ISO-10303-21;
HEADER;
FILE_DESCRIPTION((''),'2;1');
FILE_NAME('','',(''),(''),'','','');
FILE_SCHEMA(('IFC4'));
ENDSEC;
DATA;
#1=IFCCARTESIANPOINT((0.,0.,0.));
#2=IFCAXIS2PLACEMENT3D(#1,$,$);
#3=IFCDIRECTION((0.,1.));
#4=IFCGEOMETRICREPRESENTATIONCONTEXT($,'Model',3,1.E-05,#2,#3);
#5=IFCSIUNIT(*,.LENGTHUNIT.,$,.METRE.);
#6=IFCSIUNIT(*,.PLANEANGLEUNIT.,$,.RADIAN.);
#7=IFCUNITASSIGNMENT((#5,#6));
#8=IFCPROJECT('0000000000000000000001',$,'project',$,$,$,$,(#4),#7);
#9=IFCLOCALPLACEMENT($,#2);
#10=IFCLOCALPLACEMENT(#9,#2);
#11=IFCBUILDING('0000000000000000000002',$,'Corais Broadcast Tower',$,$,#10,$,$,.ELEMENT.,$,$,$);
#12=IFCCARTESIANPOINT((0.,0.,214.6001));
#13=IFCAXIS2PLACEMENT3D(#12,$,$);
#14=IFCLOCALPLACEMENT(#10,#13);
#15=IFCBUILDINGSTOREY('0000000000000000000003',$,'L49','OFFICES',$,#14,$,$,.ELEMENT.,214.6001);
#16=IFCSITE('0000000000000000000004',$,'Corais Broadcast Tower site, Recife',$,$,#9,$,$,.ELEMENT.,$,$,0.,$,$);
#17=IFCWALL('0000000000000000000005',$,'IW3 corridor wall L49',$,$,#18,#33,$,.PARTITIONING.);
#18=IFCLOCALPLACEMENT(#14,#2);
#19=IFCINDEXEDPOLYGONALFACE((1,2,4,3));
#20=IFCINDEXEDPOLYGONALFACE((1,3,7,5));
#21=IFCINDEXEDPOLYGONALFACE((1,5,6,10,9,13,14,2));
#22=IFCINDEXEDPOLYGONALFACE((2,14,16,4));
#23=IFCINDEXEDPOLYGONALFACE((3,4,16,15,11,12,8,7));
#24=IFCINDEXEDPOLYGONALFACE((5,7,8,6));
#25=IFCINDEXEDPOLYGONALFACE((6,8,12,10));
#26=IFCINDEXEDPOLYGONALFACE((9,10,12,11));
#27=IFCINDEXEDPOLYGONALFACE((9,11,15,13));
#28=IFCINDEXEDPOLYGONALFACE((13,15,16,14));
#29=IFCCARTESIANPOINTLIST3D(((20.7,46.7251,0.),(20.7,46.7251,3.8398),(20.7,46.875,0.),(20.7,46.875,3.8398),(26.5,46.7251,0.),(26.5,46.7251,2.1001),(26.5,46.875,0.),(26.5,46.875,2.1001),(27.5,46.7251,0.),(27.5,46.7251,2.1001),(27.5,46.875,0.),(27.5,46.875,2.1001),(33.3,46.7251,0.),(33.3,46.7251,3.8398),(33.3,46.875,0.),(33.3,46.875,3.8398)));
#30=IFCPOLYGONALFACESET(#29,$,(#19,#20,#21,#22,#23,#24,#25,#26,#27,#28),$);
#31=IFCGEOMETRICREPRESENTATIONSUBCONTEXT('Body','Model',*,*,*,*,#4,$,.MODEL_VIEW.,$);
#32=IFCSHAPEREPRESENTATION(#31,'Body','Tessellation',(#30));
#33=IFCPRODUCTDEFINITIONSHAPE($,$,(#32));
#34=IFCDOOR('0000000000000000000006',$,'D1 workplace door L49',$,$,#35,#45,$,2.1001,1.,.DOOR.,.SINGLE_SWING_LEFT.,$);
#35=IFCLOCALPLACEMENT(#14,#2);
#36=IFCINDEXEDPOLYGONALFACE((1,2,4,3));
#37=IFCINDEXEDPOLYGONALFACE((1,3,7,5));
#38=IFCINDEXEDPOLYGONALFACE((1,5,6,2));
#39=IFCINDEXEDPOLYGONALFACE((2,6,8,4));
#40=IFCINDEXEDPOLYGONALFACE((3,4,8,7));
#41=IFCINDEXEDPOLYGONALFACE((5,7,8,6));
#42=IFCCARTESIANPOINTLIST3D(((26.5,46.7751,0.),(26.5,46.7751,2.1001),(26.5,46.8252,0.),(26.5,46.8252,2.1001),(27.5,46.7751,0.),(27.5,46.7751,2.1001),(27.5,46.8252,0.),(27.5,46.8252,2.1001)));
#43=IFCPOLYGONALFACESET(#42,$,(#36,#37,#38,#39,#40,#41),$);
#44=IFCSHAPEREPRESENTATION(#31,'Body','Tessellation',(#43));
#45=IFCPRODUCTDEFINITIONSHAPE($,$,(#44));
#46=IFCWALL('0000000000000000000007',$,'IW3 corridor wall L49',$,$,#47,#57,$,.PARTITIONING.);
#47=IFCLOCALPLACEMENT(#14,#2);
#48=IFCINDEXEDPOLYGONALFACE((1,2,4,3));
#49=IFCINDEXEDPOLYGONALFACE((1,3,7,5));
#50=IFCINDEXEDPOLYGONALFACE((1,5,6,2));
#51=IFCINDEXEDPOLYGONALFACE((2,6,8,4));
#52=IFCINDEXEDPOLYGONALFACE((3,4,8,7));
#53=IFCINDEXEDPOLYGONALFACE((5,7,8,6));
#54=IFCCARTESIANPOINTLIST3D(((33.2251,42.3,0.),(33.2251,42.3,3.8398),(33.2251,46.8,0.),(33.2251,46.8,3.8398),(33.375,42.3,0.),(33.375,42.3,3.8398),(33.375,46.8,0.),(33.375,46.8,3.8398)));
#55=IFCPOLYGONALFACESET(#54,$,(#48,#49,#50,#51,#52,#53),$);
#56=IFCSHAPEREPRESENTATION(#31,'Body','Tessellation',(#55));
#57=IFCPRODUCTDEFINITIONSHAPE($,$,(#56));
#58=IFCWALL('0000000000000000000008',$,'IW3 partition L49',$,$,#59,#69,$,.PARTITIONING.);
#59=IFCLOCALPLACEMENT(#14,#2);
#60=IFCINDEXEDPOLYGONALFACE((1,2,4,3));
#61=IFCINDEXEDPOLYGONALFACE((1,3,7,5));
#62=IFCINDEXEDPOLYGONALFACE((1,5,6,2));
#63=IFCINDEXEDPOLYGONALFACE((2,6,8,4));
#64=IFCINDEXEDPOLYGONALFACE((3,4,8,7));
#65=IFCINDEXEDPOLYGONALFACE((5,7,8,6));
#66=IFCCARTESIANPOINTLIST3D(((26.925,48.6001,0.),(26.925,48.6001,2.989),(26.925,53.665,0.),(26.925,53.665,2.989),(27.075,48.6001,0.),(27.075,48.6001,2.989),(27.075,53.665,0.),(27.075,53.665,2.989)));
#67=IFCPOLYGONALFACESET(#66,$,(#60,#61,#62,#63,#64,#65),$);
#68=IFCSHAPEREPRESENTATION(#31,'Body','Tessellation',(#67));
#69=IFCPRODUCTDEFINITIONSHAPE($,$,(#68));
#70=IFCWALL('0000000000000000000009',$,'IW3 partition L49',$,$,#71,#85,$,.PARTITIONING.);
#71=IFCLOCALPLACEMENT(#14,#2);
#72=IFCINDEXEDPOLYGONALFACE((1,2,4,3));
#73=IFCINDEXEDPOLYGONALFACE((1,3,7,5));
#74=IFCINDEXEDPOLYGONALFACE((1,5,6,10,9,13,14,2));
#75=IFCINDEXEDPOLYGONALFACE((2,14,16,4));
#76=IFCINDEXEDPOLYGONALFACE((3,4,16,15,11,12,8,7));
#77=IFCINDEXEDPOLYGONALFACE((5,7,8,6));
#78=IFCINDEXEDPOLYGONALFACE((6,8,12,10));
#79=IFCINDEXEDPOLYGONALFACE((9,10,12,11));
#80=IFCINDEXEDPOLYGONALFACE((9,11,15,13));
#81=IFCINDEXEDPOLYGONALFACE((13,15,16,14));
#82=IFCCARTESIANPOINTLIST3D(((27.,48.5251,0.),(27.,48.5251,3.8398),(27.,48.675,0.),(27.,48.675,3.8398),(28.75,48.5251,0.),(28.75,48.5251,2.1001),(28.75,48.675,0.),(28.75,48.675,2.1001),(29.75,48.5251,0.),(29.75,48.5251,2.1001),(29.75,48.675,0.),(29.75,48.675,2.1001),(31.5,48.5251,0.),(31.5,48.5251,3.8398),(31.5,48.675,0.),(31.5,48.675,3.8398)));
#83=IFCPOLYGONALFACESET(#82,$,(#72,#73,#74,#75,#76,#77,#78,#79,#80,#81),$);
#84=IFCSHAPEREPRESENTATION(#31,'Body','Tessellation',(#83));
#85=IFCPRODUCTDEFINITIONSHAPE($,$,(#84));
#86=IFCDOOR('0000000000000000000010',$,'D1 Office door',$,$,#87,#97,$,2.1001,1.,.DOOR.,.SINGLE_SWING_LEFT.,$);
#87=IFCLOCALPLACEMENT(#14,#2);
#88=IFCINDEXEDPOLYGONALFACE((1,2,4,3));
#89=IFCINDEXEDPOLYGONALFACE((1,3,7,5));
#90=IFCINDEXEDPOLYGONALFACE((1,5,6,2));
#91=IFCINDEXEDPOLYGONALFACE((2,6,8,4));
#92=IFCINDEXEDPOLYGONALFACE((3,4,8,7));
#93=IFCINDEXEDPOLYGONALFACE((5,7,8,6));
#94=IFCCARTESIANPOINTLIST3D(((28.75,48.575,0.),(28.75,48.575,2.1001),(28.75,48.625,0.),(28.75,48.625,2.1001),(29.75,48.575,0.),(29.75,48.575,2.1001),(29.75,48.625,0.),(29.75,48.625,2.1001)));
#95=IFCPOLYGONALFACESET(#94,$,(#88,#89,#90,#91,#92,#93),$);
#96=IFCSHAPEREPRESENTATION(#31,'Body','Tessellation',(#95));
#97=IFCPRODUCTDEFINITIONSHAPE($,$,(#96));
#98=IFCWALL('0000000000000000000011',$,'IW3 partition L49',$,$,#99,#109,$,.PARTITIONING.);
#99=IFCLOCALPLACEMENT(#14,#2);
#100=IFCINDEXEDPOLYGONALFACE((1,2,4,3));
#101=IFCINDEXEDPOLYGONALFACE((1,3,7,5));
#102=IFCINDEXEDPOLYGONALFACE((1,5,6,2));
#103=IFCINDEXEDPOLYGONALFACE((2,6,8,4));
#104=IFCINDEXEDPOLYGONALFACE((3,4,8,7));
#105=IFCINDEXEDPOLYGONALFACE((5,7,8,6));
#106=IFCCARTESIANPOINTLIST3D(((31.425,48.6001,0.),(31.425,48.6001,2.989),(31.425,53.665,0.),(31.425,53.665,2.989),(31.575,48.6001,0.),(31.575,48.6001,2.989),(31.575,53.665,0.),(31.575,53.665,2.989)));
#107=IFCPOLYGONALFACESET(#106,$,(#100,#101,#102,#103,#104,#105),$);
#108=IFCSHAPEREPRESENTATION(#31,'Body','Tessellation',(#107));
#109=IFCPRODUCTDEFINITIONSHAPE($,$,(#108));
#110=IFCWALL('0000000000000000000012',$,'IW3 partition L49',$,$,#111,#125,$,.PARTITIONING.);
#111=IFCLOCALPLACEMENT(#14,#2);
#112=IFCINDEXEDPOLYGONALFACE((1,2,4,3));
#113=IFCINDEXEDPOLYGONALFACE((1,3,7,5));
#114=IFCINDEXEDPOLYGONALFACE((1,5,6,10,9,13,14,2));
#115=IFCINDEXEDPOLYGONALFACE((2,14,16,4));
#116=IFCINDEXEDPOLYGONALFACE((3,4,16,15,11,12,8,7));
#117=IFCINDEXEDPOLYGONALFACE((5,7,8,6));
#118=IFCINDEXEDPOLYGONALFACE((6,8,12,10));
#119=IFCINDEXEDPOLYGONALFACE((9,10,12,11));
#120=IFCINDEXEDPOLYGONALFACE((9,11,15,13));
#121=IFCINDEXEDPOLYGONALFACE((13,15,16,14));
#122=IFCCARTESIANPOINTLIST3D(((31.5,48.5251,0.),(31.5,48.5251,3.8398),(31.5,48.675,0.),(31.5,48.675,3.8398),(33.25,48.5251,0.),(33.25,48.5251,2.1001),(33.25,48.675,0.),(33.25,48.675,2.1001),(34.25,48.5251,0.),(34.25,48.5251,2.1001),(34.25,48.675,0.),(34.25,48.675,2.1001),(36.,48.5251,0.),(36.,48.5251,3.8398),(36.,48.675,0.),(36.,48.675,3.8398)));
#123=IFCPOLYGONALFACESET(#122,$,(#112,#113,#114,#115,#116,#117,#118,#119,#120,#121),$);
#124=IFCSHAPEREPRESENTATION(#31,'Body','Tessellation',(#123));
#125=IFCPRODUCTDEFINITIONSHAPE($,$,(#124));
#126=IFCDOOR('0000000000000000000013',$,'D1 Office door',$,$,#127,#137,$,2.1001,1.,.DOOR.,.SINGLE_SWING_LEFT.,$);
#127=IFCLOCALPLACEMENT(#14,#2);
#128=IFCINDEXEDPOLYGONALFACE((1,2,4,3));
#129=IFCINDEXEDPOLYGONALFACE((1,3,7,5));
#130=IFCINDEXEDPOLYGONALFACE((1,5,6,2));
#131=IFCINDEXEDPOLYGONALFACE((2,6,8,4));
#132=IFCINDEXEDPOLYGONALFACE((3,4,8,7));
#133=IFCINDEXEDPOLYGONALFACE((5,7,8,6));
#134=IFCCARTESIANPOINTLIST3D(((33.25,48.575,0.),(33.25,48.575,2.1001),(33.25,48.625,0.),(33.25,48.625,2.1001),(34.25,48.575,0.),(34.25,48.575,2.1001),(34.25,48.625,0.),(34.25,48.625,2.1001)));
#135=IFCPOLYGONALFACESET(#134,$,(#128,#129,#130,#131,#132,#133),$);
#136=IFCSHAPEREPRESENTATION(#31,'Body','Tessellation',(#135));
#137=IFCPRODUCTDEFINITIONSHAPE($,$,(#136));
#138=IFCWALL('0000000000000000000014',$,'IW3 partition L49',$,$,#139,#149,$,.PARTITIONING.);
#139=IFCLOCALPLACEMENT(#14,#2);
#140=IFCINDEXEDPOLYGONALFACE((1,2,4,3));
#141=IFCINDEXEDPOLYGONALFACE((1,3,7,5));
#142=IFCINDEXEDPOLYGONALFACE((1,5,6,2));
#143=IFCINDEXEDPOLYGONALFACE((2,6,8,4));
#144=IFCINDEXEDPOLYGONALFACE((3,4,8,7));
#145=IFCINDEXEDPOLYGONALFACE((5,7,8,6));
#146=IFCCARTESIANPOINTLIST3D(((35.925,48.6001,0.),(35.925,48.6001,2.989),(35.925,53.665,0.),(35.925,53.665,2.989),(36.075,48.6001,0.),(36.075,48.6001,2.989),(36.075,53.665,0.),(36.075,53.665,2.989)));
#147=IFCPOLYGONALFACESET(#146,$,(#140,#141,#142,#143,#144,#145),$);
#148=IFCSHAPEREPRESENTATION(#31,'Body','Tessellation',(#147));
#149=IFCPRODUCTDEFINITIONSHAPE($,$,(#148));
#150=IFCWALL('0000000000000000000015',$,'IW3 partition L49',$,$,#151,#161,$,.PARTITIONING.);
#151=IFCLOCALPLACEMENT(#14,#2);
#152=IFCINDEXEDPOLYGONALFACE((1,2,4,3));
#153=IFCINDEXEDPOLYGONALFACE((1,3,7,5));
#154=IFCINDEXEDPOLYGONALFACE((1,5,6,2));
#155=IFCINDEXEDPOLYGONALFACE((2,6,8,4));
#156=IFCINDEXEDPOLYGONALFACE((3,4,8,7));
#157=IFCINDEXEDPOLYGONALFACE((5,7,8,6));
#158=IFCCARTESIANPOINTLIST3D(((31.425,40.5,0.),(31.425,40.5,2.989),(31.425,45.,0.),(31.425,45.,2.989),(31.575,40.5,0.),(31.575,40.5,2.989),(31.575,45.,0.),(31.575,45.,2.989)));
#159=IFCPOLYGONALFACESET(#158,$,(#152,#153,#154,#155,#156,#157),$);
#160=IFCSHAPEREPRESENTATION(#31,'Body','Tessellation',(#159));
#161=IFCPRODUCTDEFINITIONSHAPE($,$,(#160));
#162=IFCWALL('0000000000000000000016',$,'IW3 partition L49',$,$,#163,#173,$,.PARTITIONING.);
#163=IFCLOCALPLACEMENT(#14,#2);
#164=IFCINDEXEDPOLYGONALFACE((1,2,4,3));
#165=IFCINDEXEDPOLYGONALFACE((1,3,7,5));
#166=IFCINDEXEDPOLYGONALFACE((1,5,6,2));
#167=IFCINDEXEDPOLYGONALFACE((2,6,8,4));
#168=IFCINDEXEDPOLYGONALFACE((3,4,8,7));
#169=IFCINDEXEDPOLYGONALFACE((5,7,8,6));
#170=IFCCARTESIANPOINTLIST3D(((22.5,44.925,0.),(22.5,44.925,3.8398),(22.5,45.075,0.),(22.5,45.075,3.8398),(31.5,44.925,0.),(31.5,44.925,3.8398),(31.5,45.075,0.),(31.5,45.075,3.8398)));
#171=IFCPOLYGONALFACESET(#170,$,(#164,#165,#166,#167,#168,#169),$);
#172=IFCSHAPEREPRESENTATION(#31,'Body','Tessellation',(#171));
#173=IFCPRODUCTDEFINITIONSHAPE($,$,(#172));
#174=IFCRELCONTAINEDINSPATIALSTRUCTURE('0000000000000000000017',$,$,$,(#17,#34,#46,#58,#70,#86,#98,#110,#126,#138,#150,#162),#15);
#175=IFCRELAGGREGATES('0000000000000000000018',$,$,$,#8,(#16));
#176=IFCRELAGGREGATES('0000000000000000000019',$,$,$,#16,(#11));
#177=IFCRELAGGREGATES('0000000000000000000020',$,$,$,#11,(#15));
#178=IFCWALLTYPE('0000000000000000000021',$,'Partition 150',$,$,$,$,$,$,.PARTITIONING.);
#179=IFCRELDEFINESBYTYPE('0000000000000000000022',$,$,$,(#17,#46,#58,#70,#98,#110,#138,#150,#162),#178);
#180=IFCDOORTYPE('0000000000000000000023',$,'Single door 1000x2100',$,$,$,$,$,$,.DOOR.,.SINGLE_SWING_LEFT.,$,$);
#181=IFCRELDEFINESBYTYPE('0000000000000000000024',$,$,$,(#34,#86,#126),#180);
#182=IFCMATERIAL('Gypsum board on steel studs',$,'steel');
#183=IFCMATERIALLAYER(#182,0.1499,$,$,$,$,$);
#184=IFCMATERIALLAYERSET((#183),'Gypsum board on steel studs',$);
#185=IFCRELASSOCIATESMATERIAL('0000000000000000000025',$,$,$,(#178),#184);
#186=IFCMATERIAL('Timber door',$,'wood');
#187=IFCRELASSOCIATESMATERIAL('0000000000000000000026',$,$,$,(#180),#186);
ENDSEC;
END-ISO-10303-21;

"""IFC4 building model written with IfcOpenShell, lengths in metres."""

from ifc_helpers import new_model, si_unit, direction, frame, frame_2d, origin, place, context, subcontext, project, spatial, rectangle, extrude, material, layer, layer_set, type_object, element, fill, save


model = new_model("IFC4")

# Units and contexts
model_context = context("Model", 3, precision=1e-05, world=origin(), true_north=direction((0.0, 1.0)))
body_context = subcontext(model_context, "Body", "Model", "MODEL_VIEW")
ifc_project = project(units=[si_unit("LENGTHUNIT", "METRE"), si_unit("PLANEANGLEUNIT", "RADIAN")], contexts=[model_context])

# Site, building, storey
site_placement = place(None, origin())
site = spatial("IfcSite", under=ifc_project, at=site_placement, Name="Corais Broadcast Tower site, Recife", CompositionType="ELEMENT", RefElevation=0.0)
building_placement = place(site_placement, origin())
building = spatial("IfcBuilding", under=site, at=building_placement, Name="Corais Broadcast Tower", CompositionType="ELEMENT")
storey_placement = place(building_placement, frame((0.0, 0.0, 214.6001)))
storey = spatial("IfcBuildingStorey", under=building, at=storey_placement, Name="L49", Description="OFFICES", CompositionType="ELEMENT", Elevation=214.6001)

# Wall, opening, door
ifc_material_1 = material(Name="Gypsum board on steel studs", Category="steel")
ifc_layer_1 = layer(ifc_material_1, 0.1499)
ifc_layer_set_1 = layer_set([ifc_layer_1], Name="Gypsum board on steel studs")
wall_type_1 = type_object("IfcWallType", Name="Partition 150", PredefinedType="PARTITIONING", material=ifc_layer_set_1)
wall_1_placement = place(storey_placement, frame((33.3, 46.8, 0.0), z_axis=(0.0, 0.0, 1.0), x_axis=(-1.0, 0.0, 0.0)))
wall_1 = element("IfcWall", 1, at=wall_1_placement, inside=storey, type_object=wall_type_1, Name="IW3 corridor wall L49", PredefinedType="PARTITIONING", context=body_context, shape_type="SweptSolid", body=[
    extrude(rectangle(XDim=12.6001, YDim=0.1499, at=frame_2d((6.3, 0.0))), origin(), (0.0, 0.0, 1.0), 3.8398),
])
opening_1_placement = place(wall_1_placement, frame((5.8, 0.0, 0.0)))
opening_1 = element("IfcOpeningElement", 2, at=opening_1_placement, cuts=wall_1, PredefinedType="OPENING", context=body_context, shape_type="SweptSolid", body=[
    extrude(rectangle(XDim=1.0, YDim=2.1001, at=frame_2d((0.5, 1.05))), frame((0.0, 0.085, 0.0), z_axis=(0.0, -1.0, 0.0), x_axis=(1.0, 0.0, 0.0)), (0.0, 0.0, 1.0), 0.1699),
])
ifc_material_2 = material(Name="Timber door", Category="wood")
door_type = type_object("IfcDoorType", Name="Single door 1000x2100", OperationType="SINGLE_SWING_LEFT", PredefinedType="DOOR", material=ifc_material_2)
door_1_placement = place(opening_1_placement, origin())
door_1 = element("IfcDoor", 3, at=door_1_placement, inside=storey, type_object=door_type, Name="D1 workplace door L49", OperationType="SINGLE_SWING_LEFT", OverallHeight=2.1001, OverallWidth=1.0, PredefinedType="DOOR", context=body_context, shape_type="SweptSolid", body=[
    extrude(rectangle(XDim=1.0, YDim=2.1001, at=frame_2d((0.5, 1.05))), frame((0.0, 0.0249, 0.0), z_axis=(0.0, -1.0, 0.0), x_axis=(1.0, 0.0, 0.0)), (0.0, 0.0, 1.0), 0.05),
])
fill(opening_1, door_1)

# Walls
wall_2_placement = place(storey_placement, frame((33.3, 42.3, 0.0), z_axis=(0.0, 0.0, 1.0), x_axis=(0.0, 1.0, 0.0)))
element("IfcWall", 4, at=wall_2_placement, inside=storey, type_object=wall_type_1, Name="IW3 corridor wall L49", PredefinedType="PARTITIONING", context=body_context, shape_type="SweptSolid", body=[
    extrude(rectangle(XDim=4.5, YDim=0.1499, at=frame_2d((2.25, 0.0))), origin(), (0.0, 0.0, 1.0), 3.8398),
])
wall_3_placement = place(storey_placement, frame((27.0, 48.6001, 0.0), z_axis=(0.0, 0.0, 1.0), x_axis=(0.0, 1.0, 0.0)))
element("IfcWall", 5, at=wall_3_placement, inside=storey, type_object=wall_type_1, Name="IW3 partition L49", PredefinedType="PARTITIONING", context=body_context, shape_type="SweptSolid", body=[
    extrude(rectangle(XDim=5.0649, YDim=0.1499, at=frame_2d((2.5325, 0.0))), origin(), (0.0, 0.0, 1.0), 2.989),
])

# Wall, opening, door
wall_4_placement = place(storey_placement, frame((27.0, 48.6001, 0.0), z_axis=(0.0, 0.0, 1.0), x_axis=(1.0, 0.0, 0.0)))
wall_4 = element("IfcWall", 6, at=wall_4_placement, inside=storey, type_object=wall_type_1, Name="IW3 partition L49", PredefinedType="PARTITIONING", context=body_context, shape_type="SweptSolid", body=[
    extrude(rectangle(XDim=4.5, YDim=0.1499, at=frame_2d((2.25, 0.0))), origin(), (0.0, 0.0, 1.0), 3.8398),
])
opening_2_placement = place(wall_4_placement, frame((1.75, 0.0, 0.0)))
opening_2 = element("IfcOpeningElement", 7, at=opening_2_placement, cuts=wall_4, PredefinedType="OPENING", context=body_context, shape_type="SweptSolid", body=[
    extrude(rectangle(XDim=1.0, YDim=2.1001, at=frame_2d((0.5, 1.05))), frame((0.0, 0.085, 0.0), z_axis=(0.0, -1.0, 0.0), x_axis=(1.0, 0.0, 0.0)), (0.0, 0.0, 1.0), 0.1699),
])
door_2_placement = place(opening_2_placement, origin())
door_2 = element("IfcDoor", 8, at=door_2_placement, inside=storey, type_object=door_type, Name="D1 Office door", OperationType="SINGLE_SWING_LEFT", OverallHeight=2.1001, OverallWidth=1.0, PredefinedType="DOOR", context=body_context, shape_type="SweptSolid", body=[
    extrude(rectangle(XDim=1.0, YDim=2.1001, at=frame_2d((0.5, 1.05))), frame((0.0, 0.0249, 0.0), z_axis=(0.0, -1.0, 0.0), x_axis=(1.0, 0.0, 0.0)), (0.0, 0.0, 1.0), 0.05),
])
fill(opening_2, door_2)

# Wall
wall_5_placement = place(storey_placement, frame((31.5, 48.6001, 0.0), z_axis=(0.0, 0.0, 1.0), x_axis=(0.0, 1.0, 0.0)))
element("IfcWall", 9, at=wall_5_placement, inside=storey, type_object=wall_type_1, Name="IW3 partition L49", PredefinedType="PARTITIONING", context=body_context, shape_type="SweptSolid", body=[
    extrude(rectangle(XDim=5.0649, YDim=0.1499, at=frame_2d((2.5325, 0.0))), origin(), (0.0, 0.0, 1.0), 2.989),
])

# Wall, opening, door
wall_6_placement = place(storey_placement, frame((31.5, 48.6001, 0.0), z_axis=(0.0, 0.0, 1.0), x_axis=(1.0, 0.0, 0.0)))
wall_6 = element("IfcWall", 10, at=wall_6_placement, inside=storey, type_object=wall_type_1, Name="IW3 partition L49", PredefinedType="PARTITIONING", context=body_context, shape_type="SweptSolid", body=[
    extrude(rectangle(XDim=4.5, YDim=0.1499, at=frame_2d((2.25, 0.0))), origin(), (0.0, 0.0, 1.0), 3.8398),
])
opening_3_placement = place(wall_6_placement, frame((1.75, 0.0, 0.0)))
opening_3 = element("IfcOpeningElement", 11, at=opening_3_placement, cuts=wall_6, PredefinedType="OPENING", context=body_context, shape_type="SweptSolid", body=[
    extrude(rectangle(XDim=1.0, YDim=2.1001, at=frame_2d((0.5, 1.05))), frame((0.0, 0.085, 0.0), z_axis=(0.0, -1.0, 0.0), x_axis=(1.0, 0.0, 0.0)), (0.0, 0.0, 1.0), 0.1699),
])
door_3_placement = place(opening_3_placement, origin())
door_3 = element("IfcDoor", 12, at=door_3_placement, inside=storey, type_object=door_type, Name="D1 Office door", OperationType="SINGLE_SWING_LEFT", OverallHeight=2.1001, OverallWidth=1.0, PredefinedType="DOOR", context=body_context, shape_type="SweptSolid", body=[
    extrude(rectangle(XDim=1.0, YDim=2.1001, at=frame_2d((0.5, 1.05))), frame((0.0, 0.0249, 0.0), z_axis=(0.0, -1.0, 0.0), x_axis=(1.0, 0.0, 0.0)), (0.0, 0.0, 1.0), 0.05),
])
fill(opening_3, door_3)

# Walls
wall_7_placement = place(storey_placement, frame((36.0, 48.6001, 0.0), z_axis=(0.0, 0.0, 1.0), x_axis=(0.0, 1.0, 0.0)))
element("IfcWall", 13, at=wall_7_placement, inside=storey, type_object=wall_type_1, Name="IW3 partition L49", PredefinedType="PARTITIONING", context=body_context, shape_type="SweptSolid", body=[
    extrude(rectangle(XDim=5.0649, YDim=0.1499, at=frame_2d((2.5325, 0.0))), origin(), (0.0, 0.0, 1.0), 2.989),
])
wall_8_placement = place(storey_placement, frame((31.5, 40.5, 0.0), z_axis=(0.0, 0.0, 1.0), x_axis=(0.0, 1.0, 0.0)))
element("IfcWall", 14, at=wall_8_placement, inside=storey, type_object=wall_type_1, Name="IW3 partition L49", PredefinedType="PARTITIONING", context=body_context, shape_type="SweptSolid", body=[
    extrude(rectangle(XDim=4.5, YDim=0.1499, at=frame_2d((2.25, 0.0))), origin(), (0.0, 0.0, 1.0), 2.989),
])
wall_9_placement = place(storey_placement, frame((31.5, 45.0, 0.0), z_axis=(0.0, 0.0, 1.0), x_axis=(-1.0, 0.0, 0.0)))
element("IfcWall", 15, at=wall_9_placement, inside=storey, type_object=wall_type_1, Name="IW3 partition L49", PredefinedType="PARTITIONING", context=body_context, shape_type="SweptSolid", body=[
    extrude(rectangle(XDim=9.0, YDim=0.1499, at=frame_2d((4.5, 0.0))), origin(), (0.0, 0.0, 1.0), 3.8398),
])

save(model, "model.ifc")
